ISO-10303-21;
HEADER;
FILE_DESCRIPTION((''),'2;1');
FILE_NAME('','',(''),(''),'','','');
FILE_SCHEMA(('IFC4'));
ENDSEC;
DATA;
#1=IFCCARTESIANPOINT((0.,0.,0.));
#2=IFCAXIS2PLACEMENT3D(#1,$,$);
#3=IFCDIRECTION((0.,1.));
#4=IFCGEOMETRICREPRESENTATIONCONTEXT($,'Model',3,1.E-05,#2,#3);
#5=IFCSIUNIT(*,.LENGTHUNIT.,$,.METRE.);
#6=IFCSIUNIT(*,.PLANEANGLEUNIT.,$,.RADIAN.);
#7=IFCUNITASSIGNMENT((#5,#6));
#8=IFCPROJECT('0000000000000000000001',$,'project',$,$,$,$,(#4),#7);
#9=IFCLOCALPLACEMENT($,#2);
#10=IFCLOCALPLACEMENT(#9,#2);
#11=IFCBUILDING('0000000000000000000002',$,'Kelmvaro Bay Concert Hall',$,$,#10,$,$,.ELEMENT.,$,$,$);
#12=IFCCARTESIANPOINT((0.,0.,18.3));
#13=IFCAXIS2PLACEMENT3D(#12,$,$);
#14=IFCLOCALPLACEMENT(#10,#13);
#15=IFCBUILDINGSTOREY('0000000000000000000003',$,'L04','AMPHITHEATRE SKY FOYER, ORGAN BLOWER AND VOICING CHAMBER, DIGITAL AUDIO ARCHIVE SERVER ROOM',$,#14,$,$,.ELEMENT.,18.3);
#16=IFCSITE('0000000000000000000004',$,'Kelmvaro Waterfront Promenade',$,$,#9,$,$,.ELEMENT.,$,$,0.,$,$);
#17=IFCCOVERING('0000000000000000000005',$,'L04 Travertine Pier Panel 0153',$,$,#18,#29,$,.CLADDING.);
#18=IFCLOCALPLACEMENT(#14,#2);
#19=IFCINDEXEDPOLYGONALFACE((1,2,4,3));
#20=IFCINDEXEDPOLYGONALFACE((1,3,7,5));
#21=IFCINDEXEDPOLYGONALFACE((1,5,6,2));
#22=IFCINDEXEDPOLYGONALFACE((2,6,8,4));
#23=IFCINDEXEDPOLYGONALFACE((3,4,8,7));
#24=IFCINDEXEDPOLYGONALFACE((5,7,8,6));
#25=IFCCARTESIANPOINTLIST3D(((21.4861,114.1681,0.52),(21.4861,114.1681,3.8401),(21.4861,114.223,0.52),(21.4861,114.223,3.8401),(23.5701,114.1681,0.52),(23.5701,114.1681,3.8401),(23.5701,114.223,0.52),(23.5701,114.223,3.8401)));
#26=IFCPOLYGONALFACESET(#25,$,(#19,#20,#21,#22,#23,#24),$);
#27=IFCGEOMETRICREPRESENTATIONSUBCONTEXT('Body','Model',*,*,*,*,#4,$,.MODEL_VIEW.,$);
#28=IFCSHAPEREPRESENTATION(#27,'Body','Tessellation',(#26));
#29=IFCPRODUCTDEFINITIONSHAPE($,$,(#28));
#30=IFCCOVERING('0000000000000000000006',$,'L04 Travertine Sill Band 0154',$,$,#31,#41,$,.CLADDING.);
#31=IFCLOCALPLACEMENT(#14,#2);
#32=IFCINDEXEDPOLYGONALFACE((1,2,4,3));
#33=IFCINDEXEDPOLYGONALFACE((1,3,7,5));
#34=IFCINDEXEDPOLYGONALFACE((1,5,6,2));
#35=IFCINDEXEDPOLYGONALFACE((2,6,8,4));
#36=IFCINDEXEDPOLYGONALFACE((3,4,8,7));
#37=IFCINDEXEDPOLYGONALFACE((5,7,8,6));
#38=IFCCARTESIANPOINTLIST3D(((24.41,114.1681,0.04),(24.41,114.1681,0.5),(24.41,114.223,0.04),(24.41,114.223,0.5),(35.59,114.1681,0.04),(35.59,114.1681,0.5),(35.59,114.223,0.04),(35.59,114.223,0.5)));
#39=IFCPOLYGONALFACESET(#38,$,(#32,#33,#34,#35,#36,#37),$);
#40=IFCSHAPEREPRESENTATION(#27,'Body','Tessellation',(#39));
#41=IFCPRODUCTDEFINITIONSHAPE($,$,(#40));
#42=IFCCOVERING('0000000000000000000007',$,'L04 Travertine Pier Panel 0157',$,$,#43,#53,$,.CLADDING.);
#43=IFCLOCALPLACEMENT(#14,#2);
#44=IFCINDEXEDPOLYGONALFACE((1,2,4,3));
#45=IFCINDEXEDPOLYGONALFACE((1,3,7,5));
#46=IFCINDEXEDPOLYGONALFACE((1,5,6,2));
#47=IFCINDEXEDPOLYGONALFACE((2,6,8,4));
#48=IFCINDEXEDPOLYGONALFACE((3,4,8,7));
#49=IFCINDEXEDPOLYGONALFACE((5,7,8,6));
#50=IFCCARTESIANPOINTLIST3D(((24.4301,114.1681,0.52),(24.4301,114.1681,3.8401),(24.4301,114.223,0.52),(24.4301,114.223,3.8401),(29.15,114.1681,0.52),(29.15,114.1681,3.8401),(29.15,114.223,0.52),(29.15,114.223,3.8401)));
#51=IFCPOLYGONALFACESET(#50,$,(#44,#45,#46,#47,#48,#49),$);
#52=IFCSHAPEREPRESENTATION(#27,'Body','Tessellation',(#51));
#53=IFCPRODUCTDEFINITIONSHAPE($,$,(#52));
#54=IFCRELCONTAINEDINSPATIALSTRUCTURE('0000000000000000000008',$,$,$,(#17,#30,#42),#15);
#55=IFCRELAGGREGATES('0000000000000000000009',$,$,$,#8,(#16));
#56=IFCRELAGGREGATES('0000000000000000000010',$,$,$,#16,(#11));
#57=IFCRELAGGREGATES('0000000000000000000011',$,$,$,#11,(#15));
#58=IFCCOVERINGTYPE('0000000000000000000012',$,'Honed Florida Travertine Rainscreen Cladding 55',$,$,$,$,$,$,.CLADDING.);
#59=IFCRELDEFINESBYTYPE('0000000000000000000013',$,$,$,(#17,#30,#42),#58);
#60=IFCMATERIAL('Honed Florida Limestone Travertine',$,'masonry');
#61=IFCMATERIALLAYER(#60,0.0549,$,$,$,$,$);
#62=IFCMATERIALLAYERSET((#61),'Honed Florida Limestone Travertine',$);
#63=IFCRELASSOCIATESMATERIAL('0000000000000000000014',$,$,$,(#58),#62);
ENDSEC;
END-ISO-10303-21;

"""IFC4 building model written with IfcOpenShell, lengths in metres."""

from ifc_helpers import new_model, si_unit, direction, frame, origin, origin_2d, place, context, subcontext, project, spatial, rectangle, extrude, material, layer, layer_set, type_object, element, save


model = new_model("IFC4")

# Units and contexts
model_context = context("Model", 3, precision=1e-05, world=origin(), true_north=direction((0.0, 1.0)))
body_context = subcontext(model_context, "Body", "Model", "MODEL_VIEW")
ifc_project = project(units=[si_unit("LENGTHUNIT", "METRE"), si_unit("PLANEANGLEUNIT", "RADIAN")], contexts=[model_context])

# Site, building, storey
site_placement = place(None, origin())
site = spatial("IfcSite", under=ifc_project, at=site_placement, Name="Kelmvaro Waterfront Promenade", CompositionType="ELEMENT", RefElevation=0.0)
building_placement = place(site_placement, origin())
building = spatial("IfcBuilding", under=site, at=building_placement, Name="Kelmvaro Bay Concert Hall", CompositionType="ELEMENT")
storey_placement = place(building_placement, frame((0.0, 0.0, 18.3)))
storey = spatial("IfcBuildingStorey", under=building, at=storey_placement, Name="L04", Description="AMPHITHEATRE SKY FOYER, ORGAN BLOWER AND VOICING CHAMBER, DIGITAL AUDIO ARCHIVE SERVER ROOM", CompositionType="ELEMENT", Elevation=18.3)

# Coverings
ifc_material_1 = material(Name="Honed Florida Limestone Travertine", Category="masonry")
ifc_layer_1 = layer(ifc_material_1, 0.0549)
ifc_layer_set_1 = layer_set([ifc_layer_1], Name="Honed Florida Limestone Travertine")
covering_type_1 = type_object("IfcCoveringType", Name="Honed Florida Travertine Rainscreen Cladding 55", PredefinedType="CLADDING", material=ifc_layer_set_1)
covering_1_placement = place(storey_placement, frame((22.5281, 114.1956, 0.52), z_axis=(0.0, 0.0, 1.0), x_axis=(1.0, 0.0, 0.0)))
element("IfcCovering", 1, at=covering_1_placement, inside=storey, type_object=covering_type_1, Name="L04 Travertine Pier Panel 0153", PredefinedType="CLADDING", context=body_context, shape_type="SweptSolid", body=[
    extrude(rectangle(XDim=2.084, YDim=0.0549, at=origin_2d()), origin(), (0.0, 0.0, 1.0), 3.3201),
])
covering_2_placement = place(storey_placement, frame((30.0, 114.1956, 0.04), z_axis=(0.0, 0.0, 1.0), x_axis=(1.0, 0.0, 0.0)))
element("IfcCovering", 2, at=covering_2_placement, inside=storey, type_object=covering_type_1, Name="L04 Travertine Sill Band 0154", PredefinedType="CLADDING", context=body_context, shape_type="SweptSolid", body=[
    extrude(rectangle(XDim=11.1799, YDim=0.0549, at=origin_2d()), origin(), (0.0, 0.0, 1.0), 0.46),
])
covering_3_placement = place(storey_placement, frame((26.79, 114.1956, 0.52), z_axis=(0.0, 0.0, 1.0), x_axis=(1.0, 0.0, 0.0)))
element("IfcCovering", 3, at=covering_3_placement, inside=storey, type_object=covering_type_1, Name="L04 Travertine Pier Panel 0157", PredefinedType="CLADDING", context=body_context, shape_type="SweptSolid", body=[
    extrude(rectangle(XDim=4.72, YDim=0.0549, at=origin_2d()), origin(), (0.0, 0.0, 1.0), 3.3201),
])

save(model, "model.ifc")
